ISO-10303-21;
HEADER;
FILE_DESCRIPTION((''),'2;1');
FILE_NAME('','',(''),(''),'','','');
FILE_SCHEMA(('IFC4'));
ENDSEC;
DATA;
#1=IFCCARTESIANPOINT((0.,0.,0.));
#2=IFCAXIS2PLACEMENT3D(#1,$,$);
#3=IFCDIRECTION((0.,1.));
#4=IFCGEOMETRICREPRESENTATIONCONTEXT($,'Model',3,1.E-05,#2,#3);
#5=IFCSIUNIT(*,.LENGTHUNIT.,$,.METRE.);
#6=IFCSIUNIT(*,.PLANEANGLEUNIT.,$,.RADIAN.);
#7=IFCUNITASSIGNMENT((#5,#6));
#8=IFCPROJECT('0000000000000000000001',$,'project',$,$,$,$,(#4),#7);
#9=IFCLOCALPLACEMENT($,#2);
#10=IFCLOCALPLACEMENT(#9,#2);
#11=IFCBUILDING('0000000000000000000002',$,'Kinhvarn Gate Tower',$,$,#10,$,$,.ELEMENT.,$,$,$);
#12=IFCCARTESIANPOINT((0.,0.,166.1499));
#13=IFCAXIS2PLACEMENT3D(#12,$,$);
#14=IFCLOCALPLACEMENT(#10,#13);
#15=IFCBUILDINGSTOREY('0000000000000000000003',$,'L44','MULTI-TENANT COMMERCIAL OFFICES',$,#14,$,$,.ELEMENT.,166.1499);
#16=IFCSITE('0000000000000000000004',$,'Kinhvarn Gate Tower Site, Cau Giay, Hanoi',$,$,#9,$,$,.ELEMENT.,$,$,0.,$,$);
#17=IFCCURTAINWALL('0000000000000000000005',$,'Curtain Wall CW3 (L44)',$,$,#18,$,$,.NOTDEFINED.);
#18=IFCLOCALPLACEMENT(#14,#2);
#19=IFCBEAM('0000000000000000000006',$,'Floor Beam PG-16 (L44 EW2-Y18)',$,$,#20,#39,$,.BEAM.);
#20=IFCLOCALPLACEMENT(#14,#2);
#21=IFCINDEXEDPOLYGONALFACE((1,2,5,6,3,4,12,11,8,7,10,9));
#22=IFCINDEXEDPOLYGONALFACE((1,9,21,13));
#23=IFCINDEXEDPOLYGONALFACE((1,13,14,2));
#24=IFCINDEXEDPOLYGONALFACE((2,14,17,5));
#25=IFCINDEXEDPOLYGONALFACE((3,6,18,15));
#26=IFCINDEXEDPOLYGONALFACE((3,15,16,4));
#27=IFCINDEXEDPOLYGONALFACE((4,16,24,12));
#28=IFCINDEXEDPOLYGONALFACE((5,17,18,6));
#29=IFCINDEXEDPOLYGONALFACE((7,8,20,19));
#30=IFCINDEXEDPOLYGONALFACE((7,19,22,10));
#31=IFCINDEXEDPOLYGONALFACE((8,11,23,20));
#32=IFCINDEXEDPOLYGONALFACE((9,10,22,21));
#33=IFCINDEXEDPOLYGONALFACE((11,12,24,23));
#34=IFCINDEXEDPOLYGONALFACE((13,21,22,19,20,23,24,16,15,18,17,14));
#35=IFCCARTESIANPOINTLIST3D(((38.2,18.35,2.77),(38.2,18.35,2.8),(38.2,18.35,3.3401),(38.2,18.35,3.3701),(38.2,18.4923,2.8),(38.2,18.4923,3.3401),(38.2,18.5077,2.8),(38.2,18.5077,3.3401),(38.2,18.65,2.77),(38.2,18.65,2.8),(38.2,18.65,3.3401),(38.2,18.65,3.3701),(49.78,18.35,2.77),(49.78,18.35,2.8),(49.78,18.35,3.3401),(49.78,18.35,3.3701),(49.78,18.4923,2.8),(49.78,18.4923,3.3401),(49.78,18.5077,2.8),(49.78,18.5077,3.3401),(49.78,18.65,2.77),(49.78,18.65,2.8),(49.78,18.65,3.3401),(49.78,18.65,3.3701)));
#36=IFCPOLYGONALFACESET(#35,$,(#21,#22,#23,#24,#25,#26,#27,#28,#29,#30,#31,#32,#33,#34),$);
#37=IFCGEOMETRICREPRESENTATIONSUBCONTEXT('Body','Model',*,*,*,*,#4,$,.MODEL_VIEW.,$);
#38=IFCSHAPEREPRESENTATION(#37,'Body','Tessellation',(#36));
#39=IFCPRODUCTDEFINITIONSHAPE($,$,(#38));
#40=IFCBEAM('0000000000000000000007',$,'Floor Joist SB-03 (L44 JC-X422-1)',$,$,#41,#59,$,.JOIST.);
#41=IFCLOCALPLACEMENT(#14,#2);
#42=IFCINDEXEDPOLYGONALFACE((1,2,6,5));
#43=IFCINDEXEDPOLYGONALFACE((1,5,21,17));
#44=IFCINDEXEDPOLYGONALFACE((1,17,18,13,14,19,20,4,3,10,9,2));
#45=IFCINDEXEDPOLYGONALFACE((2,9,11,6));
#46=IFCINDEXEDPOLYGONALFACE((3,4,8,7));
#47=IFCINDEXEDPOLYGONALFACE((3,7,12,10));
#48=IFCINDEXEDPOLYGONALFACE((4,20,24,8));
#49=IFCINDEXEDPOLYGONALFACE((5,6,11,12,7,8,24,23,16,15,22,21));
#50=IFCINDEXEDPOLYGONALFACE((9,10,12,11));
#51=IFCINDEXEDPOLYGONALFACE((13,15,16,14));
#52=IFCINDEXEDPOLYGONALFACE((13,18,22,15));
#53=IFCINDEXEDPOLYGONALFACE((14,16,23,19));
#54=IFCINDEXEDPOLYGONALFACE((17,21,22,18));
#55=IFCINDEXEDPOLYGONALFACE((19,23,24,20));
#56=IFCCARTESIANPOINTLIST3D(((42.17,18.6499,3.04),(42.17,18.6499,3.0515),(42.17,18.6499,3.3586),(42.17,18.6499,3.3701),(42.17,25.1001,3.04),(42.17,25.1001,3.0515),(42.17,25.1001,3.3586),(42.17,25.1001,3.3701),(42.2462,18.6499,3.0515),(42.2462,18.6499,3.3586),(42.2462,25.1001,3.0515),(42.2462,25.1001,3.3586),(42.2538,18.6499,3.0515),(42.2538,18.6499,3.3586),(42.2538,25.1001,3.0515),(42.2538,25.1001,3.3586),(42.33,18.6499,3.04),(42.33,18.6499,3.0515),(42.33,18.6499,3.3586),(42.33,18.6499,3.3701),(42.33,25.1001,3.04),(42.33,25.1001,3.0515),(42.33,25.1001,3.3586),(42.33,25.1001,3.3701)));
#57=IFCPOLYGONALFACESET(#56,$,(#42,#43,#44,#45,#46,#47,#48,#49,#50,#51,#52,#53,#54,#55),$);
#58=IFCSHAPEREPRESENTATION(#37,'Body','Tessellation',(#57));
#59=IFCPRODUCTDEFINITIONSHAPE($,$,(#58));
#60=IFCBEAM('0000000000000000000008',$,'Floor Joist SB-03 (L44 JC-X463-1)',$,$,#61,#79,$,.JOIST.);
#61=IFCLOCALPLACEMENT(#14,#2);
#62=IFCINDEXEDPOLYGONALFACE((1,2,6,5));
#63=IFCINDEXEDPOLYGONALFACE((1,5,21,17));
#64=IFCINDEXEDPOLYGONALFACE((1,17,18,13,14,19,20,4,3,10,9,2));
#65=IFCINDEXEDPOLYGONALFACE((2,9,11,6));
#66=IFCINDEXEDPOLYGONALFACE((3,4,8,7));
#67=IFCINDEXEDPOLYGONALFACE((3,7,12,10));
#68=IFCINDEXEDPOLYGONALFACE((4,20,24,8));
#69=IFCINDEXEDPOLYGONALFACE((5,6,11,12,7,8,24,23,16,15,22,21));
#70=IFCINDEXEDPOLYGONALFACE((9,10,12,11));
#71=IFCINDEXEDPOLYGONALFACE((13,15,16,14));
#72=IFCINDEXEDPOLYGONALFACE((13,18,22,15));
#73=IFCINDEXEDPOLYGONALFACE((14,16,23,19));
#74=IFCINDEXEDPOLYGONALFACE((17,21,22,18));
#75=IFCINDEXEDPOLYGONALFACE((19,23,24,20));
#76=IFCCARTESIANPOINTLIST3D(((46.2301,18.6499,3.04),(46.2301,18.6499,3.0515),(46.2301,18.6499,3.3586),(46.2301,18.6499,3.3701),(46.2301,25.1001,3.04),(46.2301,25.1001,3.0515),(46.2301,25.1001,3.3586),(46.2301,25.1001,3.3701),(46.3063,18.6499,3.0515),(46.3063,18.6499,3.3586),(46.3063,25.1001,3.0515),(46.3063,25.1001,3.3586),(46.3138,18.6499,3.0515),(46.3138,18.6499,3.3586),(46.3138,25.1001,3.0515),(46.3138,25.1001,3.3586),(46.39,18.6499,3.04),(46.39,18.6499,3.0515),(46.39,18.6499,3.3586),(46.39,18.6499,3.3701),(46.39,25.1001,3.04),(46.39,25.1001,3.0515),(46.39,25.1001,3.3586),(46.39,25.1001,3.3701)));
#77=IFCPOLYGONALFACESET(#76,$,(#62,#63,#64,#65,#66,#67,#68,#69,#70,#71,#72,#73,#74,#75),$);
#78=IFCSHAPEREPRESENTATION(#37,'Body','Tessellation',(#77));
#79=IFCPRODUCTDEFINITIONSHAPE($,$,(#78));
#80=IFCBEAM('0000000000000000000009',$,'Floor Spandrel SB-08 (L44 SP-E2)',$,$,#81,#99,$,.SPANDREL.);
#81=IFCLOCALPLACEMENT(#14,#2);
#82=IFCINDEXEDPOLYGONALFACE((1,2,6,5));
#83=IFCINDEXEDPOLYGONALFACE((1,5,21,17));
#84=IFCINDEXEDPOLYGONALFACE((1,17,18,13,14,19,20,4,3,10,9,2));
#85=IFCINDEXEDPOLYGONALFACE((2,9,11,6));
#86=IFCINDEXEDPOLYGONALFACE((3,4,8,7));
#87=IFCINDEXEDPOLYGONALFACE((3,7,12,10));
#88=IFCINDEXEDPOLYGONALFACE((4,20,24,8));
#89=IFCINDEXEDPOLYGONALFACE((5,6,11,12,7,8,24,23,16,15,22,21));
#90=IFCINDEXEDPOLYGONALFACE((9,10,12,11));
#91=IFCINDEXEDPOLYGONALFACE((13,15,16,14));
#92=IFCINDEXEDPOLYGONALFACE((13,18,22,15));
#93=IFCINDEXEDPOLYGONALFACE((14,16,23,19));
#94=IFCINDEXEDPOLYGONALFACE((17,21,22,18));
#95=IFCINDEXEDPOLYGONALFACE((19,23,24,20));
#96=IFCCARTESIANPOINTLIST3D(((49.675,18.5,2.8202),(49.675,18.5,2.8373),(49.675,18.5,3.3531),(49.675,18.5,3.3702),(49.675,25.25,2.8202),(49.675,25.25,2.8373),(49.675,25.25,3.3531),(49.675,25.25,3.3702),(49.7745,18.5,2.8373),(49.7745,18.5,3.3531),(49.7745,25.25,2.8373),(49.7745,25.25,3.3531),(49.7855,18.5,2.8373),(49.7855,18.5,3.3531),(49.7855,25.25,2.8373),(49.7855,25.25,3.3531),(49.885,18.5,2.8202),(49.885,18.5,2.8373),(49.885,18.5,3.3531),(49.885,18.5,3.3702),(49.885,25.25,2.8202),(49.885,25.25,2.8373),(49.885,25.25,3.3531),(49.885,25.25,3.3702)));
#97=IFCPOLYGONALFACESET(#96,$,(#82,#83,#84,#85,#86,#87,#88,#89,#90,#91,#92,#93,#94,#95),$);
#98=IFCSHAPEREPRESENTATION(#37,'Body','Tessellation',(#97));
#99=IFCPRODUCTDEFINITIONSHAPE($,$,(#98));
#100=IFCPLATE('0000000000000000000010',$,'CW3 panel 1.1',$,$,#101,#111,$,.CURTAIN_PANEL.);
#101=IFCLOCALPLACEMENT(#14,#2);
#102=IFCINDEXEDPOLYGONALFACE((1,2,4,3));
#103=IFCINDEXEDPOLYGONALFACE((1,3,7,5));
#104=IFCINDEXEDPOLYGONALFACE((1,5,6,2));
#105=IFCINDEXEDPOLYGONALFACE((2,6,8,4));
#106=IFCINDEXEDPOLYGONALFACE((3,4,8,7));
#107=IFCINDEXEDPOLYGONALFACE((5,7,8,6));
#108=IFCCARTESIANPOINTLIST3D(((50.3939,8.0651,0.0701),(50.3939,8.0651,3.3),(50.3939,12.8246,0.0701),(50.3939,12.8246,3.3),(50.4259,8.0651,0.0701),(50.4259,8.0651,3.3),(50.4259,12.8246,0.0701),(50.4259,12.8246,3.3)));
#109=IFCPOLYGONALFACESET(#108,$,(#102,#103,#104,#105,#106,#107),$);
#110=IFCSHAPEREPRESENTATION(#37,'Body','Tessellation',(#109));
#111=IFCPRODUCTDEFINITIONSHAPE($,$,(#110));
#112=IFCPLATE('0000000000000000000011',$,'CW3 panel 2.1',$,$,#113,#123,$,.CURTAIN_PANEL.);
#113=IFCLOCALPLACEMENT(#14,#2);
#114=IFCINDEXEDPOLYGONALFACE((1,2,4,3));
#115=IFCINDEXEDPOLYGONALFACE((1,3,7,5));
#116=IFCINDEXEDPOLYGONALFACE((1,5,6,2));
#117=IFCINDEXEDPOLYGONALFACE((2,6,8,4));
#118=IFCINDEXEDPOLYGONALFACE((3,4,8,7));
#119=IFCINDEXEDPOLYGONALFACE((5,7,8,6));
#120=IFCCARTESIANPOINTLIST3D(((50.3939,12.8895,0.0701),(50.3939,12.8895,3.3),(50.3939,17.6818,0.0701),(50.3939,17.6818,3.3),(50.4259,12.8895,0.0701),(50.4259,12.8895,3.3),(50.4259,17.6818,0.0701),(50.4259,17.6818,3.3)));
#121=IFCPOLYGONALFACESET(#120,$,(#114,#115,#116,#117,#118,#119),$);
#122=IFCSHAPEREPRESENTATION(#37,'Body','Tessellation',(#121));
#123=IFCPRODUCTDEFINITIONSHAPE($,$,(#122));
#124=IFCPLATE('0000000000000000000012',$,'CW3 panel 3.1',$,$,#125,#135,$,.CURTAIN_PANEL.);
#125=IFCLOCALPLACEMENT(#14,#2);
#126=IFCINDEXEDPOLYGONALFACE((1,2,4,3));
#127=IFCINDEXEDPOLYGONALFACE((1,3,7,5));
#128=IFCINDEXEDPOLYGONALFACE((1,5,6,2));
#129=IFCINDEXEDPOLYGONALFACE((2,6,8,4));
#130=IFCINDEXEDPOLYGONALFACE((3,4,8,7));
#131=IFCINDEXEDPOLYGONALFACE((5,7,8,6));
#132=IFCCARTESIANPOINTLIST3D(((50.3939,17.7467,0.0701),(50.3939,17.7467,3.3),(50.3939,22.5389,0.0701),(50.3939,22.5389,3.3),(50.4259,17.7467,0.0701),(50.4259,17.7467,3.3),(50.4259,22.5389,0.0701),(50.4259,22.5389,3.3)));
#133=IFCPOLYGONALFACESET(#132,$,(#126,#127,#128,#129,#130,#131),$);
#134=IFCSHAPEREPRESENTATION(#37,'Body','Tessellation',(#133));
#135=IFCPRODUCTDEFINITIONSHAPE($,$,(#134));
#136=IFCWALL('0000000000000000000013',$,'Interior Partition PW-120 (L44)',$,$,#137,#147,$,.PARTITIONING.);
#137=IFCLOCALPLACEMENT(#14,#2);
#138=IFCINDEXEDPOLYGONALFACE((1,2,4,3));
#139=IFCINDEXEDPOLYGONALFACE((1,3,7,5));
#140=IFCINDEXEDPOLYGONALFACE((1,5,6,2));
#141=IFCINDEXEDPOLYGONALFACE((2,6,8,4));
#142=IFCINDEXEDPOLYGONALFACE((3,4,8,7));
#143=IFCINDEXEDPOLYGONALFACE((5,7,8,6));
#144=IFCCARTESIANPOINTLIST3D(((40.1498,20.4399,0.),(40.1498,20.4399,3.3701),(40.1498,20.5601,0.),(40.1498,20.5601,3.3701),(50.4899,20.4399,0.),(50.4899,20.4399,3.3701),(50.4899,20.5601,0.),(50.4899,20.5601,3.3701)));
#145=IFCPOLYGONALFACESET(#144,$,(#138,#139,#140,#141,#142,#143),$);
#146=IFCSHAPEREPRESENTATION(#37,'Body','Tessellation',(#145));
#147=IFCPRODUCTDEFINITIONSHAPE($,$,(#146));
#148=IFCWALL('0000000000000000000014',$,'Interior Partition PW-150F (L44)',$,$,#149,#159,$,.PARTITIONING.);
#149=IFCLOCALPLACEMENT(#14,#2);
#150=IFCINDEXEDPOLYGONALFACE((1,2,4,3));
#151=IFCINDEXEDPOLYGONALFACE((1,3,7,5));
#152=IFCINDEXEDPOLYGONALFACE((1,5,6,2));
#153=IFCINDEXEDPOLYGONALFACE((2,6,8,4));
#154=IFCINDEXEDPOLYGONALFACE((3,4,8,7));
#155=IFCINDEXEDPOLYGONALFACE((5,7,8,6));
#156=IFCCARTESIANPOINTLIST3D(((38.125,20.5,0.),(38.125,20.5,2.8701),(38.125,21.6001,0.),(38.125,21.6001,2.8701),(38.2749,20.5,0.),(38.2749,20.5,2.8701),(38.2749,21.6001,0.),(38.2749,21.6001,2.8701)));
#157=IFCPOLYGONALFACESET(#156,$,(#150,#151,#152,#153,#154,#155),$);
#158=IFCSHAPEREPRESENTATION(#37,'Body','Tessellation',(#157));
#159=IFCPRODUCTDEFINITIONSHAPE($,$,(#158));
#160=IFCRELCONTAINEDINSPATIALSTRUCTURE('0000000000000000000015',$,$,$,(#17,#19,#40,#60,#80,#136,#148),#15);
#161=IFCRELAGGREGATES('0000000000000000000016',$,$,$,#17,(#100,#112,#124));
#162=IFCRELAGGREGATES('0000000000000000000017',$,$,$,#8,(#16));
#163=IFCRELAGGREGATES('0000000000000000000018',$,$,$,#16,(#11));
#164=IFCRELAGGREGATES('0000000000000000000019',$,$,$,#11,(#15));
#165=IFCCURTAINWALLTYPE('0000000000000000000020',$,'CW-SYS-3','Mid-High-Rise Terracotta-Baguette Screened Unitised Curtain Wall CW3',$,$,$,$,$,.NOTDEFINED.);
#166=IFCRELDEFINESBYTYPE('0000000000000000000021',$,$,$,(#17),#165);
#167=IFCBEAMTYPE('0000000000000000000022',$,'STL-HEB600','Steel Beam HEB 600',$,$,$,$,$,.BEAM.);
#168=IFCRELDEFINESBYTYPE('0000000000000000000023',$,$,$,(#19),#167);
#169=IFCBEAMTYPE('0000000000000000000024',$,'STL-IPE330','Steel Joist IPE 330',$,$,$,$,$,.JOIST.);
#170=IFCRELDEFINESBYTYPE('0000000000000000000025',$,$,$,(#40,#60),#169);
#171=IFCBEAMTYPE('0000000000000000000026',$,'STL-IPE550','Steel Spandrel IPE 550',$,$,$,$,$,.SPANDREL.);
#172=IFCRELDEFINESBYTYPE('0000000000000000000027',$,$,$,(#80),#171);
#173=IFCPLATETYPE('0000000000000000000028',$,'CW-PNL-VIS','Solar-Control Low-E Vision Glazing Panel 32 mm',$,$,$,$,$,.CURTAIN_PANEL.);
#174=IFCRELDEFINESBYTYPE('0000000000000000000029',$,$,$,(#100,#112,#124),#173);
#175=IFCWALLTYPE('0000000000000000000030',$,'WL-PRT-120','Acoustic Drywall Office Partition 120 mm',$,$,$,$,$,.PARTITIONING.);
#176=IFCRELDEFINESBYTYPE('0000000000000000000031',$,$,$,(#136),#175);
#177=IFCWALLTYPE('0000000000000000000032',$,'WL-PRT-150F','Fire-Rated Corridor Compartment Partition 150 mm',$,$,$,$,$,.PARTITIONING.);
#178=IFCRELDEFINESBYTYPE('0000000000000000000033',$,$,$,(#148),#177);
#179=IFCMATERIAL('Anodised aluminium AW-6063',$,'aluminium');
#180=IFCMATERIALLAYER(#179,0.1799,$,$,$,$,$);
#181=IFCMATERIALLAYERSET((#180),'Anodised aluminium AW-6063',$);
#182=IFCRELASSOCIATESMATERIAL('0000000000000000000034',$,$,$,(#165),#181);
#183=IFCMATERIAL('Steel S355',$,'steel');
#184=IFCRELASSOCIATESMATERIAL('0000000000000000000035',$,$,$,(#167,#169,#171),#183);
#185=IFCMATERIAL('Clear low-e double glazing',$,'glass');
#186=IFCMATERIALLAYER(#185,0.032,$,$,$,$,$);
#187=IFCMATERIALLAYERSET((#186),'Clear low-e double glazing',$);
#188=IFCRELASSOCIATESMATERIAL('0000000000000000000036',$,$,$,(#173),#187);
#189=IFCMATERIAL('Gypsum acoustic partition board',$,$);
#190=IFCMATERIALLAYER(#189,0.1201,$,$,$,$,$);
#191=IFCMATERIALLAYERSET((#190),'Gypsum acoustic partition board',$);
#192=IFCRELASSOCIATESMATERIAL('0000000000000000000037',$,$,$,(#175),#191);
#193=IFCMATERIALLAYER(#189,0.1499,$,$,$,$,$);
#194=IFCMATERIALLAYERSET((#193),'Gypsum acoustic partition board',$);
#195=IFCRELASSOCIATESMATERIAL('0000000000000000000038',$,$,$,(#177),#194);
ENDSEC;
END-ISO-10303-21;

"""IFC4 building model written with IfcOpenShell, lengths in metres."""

from ifc_helpers import new_model, si_unit, direction, frame, frame_2d, origin, origin_2d, place, context, subcontext, project, spatial, rectangle, i_section, extrude, material, layer, layer_set, material_profile, profile_set, type_object, element, aggregate, save


model = new_model("IFC4")

# Units and contexts
model_context = context("Model", 3, precision=1e-05, world=origin(), true_north=direction((0.0, 1.0)))
body_context = subcontext(model_context, "Body", "Model", "MODEL_VIEW")
ifc_project = project(units=[si_unit("LENGTHUNIT", "METRE"), si_unit("PLANEANGLEUNIT", "RADIAN")], contexts=[model_context])

# Site, building, storey
site_placement = place(None, origin())
site = spatial("IfcSite", under=ifc_project, at=site_placement, Name="Kinhvarn Gate Tower Site, Cau Giay, Hanoi", CompositionType="ELEMENT", RefElevation=0.0)
building_placement = place(site_placement, origin())
building = spatial("IfcBuilding", under=site, at=building_placement, Name="Kinhvarn Gate Tower", CompositionType="ELEMENT")
storey_placement = place(building_placement, frame((0.0, 0.0, 166.1499)))
storey = spatial("IfcBuildingStorey", under=building, at=storey_placement, Name="L44", Description="MULTI-TENANT COMMERCIAL OFFICES", CompositionType="ELEMENT", Elevation=166.1499)

# Curtain wall
ifc_material_1 = material(Name="Anodised aluminium AW-6063", Category="aluminium")
ifc_layer_1 = layer(ifc_material_1, 0.1799)
ifc_layer_set_1 = layer_set([ifc_layer_1], Name="Anodised aluminium AW-6063")
curtain_wall_type = type_object("IfcCurtainWallType", Name="CW-SYS-3", Description="Mid-High-Rise Terracotta-Baguette Screened Unitised Curtain Wall CW3", PredefinedType="NOTDEFINED", material=ifc_layer_set_1)
curtain_wall_placement = place(storey_placement, origin())
curtain_wall = element("IfcCurtainWall", 1, at=curtain_wall_placement, inside=storey, type_object=curtain_wall_type, Name="Curtain Wall CW3 (L44)", PredefinedType="NOTDEFINED")

# Beams
ifc_material_2 = material(Name="Steel S355", Category="steel")
ifc_material_profile_1 = material_profile(ifc_material_2, i_section(OverallWidth=0.3, OverallDepth=0.6001, WebThickness=0.0154, FlangeThickness=0.03, at=origin_2d()), Name="HEB 600")
ifc_profile_set_1 = profile_set([ifc_material_profile_1], Name="Steel S355")
beam_type_1 = type_object("IfcBeamType", Name="STL-HEB600", Description="Steel Beam HEB 600", PredefinedType="BEAM", material=ifc_profile_set_1)
beam_1_placement = place(storey_placement, frame((38.2, 18.5, 3.0701), z_axis=(1.0, 0.0, 0.0), x_axis=(0.0, 1.0, 0.0)))
element("IfcBeam", 2, at=beam_1_placement, inside=storey, type_object=beam_type_1, Name="Floor Beam PG-16 (L44 EW2-Y18)", PredefinedType="BEAM", context=body_context, shape_type="SweptSolid", body=[
    extrude(i_section(OverallWidth=0.3, OverallDepth=0.6001, WebThickness=0.0154, FlangeThickness=0.03, at=origin_2d()), origin(), (0.0, 0.0, 1.0), 11.5801),
])
ifc_material_profile_2 = material_profile(ifc_material_2, i_section(OverallWidth=0.1599, OverallDepth=0.3301, WebThickness=0.0076, FlangeThickness=0.0115, at=origin_2d()), Name="IPE 330")
ifc_profile_set_2 = profile_set([ifc_material_profile_2], Name="Steel S355")
beam_type_2 = type_object("IfcBeamType", Name="STL-IPE330", Description="Steel Joist IPE 330", PredefinedType="JOIST", material=ifc_profile_set_2)
for number, where, z_axis, x_axis, name in (
    (3, (42.25, 18.6499, 3.2051), (0.0, 1.0, 0.0), (-1.0, 0.0, 0.0), "Floor Joist SB-03 (L44 JC-X422-1)"),
    (4, (46.3101, 18.6499, 3.2051), (0.0, 1.0, 0.0), (-1.0, 0.0, 0.0), "Floor Joist SB-03 (L44 JC-X463-1)"),
):
    element("IfcBeam", number, at=place(storey_placement, frame(where, z_axis=z_axis, x_axis=x_axis)), inside=storey, type_object=beam_type_2, Name=name, PredefinedType="JOIST", context=body_context, shape_type="SweptSolid", body=[
        extrude(i_section(OverallWidth=0.1599, OverallDepth=0.3301, WebThickness=0.0076, FlangeThickness=0.0115, at=origin_2d()), origin(), (0.0, 0.0, 1.0), 6.4502),
    ])
ifc_material_profile_3 = material_profile(ifc_material_2, i_section(OverallWidth=0.21, OverallDepth=0.55, WebThickness=0.011, FlangeThickness=0.0171, at=origin_2d()), Name="IPE 550")
ifc_profile_set_3 = profile_set([ifc_material_profile_3], Name="Steel S355")
beam_type_3 = type_object("IfcBeamType", Name="STL-IPE550", Description="Steel Spandrel IPE 550", PredefinedType="SPANDREL", material=ifc_profile_set_3)
beam_2_placement = place(storey_placement, frame((49.78, 18.5, 3.0952), z_axis=(0.0, 1.0, 0.0), x_axis=(-1.0, 0.0, 0.0)))
element("IfcBeam", 5, at=beam_2_placement, inside=storey, type_object=beam_type_3, Name="Floor Spandrel SB-08 (L44 SP-E2)", PredefinedType="SPANDREL", context=body_context, shape_type="SweptSolid", body=[
    extrude(i_section(OverallWidth=0.21, OverallDepth=0.55, WebThickness=0.011, FlangeThickness=0.0171, at=origin_2d()), origin(), (0.0, 0.0, 1.0), 6.75),
])

# Plates
ifc_material_3 = material(Name="Clear low-e double glazing", Category="glass")
ifc_layer_2 = layer(ifc_material_3, 0.032)
ifc_layer_set_2 = layer_set([ifc_layer_2], Name="Clear low-e double glazing")
plate_type = type_object("IfcPlateType", Name="CW-PNL-VIS", Description="Solar-Control Low-E Vision Glazing Panel 32 mm", PredefinedType="CURTAIN_PANEL", material=ifc_layer_set_2)
plate_1_placement = place(storey_placement, frame((50.4099, 10.4448, 0.0701), z_axis=(0.0, 0.0, 1.0), x_axis=(0.0, 1.0, 0.0)))
plate_1 = element("IfcPlate", 6, at=plate_1_placement, type_object=plate_type, Name="CW3 panel 1.1", PredefinedType="CURTAIN_PANEL", context=body_context, shape_type="SweptSolid", body=[
    extrude(rectangle(XDim=4.7595, YDim=0.032, at=origin_2d()), origin(), (0.0, 0.0, 1.0), 3.23),
])
plate_2_placement = place(storey_placement, frame((50.4099, 15.2856, 0.0701), z_axis=(0.0, 0.0, 1.0), x_axis=(0.0, 1.0, 0.0)))
plate_2 = element("IfcPlate", 7, at=plate_2_placement, type_object=plate_type, Name="CW3 panel 2.1", PredefinedType="CURTAIN_PANEL", context=body_context, shape_type="SweptSolid", body=[
    extrude(rectangle(XDim=4.7922, YDim=0.032, at=origin_2d()), origin(), (0.0, 0.0, 1.0), 3.23),
])
plate_3_placement = place(storey_placement, frame((50.4099, 20.1428, 0.0701), z_axis=(0.0, 0.0, 1.0), x_axis=(0.0, 1.0, 0.0)))
plate_3 = element("IfcPlate", 8, at=plate_3_placement, type_object=plate_type, Name="CW3 panel 3.1", PredefinedType="CURTAIN_PANEL", context=body_context, shape_type="SweptSolid", body=[
    extrude(rectangle(XDim=4.7922, YDim=0.032, at=origin_2d()), origin(), (0.0, 0.0, 1.0), 3.23),
])
aggregate(curtain_wall, [plate_1, plate_2, plate_3])

# Walls
ifc_material_4 = material(Name="Gypsum acoustic partition board")
ifc_layer_3 = layer(ifc_material_4, 0.1201)
ifc_layer_set_3 = layer_set([ifc_layer_3], Name="Gypsum acoustic partition board")
wall_type_1 = type_object("IfcWallType", Name="WL-PRT-120", Description="Acoustic Drywall Office Partition 120 mm", PredefinedType="PARTITIONING", material=ifc_layer_set_3)
wall_1_placement = place(storey_placement, frame((40.1499, 20.5, 0.0), z_axis=(0.0, 0.0, 1.0), x_axis=(1.0, 0.0, 0.0)))
element("IfcWall", 9, at=wall_1_placement, inside=storey, type_object=wall_type_1, Name="Interior Partition PW-120 (L44)", PredefinedType="PARTITIONING", context=body_context, shape_type="SweptSolid", body=[
    extrude(rectangle(XDim=10.3401, YDim=0.1201, at=frame_2d((5.1699, 0.0))), origin(), (0.0, 0.0, 1.0), 3.3701),
])
ifc_layer_4 = layer(ifc_material_4, 0.1499)
ifc_layer_set_4 = layer_set([ifc_layer_4], Name="Gypsum acoustic partition board")
wall_type_2 = type_object("IfcWallType", Name="WL-PRT-150F", Description="Fire-Rated Corridor Compartment Partition 150 mm", PredefinedType="PARTITIONING", material=ifc_layer_set_4)
wall_2_placement = place(storey_placement, frame((38.2, 20.5, 0.0), z_axis=(0.0, 0.0, 1.0), x_axis=(0.0, 1.0, 0.0)))
element("IfcWall", 10, at=wall_2_placement, inside=storey, type_object=wall_type_2, Name="Interior Partition PW-150F (L44)", PredefinedType="PARTITIONING", context=body_context, shape_type="SweptSolid", body=[
    extrude(rectangle(XDim=1.1001, YDim=0.1499, at=frame_2d((0.55, 0.0))), origin(), (0.0, 0.0, 1.0), 2.8701),
])

save(model, "model.ifc")
